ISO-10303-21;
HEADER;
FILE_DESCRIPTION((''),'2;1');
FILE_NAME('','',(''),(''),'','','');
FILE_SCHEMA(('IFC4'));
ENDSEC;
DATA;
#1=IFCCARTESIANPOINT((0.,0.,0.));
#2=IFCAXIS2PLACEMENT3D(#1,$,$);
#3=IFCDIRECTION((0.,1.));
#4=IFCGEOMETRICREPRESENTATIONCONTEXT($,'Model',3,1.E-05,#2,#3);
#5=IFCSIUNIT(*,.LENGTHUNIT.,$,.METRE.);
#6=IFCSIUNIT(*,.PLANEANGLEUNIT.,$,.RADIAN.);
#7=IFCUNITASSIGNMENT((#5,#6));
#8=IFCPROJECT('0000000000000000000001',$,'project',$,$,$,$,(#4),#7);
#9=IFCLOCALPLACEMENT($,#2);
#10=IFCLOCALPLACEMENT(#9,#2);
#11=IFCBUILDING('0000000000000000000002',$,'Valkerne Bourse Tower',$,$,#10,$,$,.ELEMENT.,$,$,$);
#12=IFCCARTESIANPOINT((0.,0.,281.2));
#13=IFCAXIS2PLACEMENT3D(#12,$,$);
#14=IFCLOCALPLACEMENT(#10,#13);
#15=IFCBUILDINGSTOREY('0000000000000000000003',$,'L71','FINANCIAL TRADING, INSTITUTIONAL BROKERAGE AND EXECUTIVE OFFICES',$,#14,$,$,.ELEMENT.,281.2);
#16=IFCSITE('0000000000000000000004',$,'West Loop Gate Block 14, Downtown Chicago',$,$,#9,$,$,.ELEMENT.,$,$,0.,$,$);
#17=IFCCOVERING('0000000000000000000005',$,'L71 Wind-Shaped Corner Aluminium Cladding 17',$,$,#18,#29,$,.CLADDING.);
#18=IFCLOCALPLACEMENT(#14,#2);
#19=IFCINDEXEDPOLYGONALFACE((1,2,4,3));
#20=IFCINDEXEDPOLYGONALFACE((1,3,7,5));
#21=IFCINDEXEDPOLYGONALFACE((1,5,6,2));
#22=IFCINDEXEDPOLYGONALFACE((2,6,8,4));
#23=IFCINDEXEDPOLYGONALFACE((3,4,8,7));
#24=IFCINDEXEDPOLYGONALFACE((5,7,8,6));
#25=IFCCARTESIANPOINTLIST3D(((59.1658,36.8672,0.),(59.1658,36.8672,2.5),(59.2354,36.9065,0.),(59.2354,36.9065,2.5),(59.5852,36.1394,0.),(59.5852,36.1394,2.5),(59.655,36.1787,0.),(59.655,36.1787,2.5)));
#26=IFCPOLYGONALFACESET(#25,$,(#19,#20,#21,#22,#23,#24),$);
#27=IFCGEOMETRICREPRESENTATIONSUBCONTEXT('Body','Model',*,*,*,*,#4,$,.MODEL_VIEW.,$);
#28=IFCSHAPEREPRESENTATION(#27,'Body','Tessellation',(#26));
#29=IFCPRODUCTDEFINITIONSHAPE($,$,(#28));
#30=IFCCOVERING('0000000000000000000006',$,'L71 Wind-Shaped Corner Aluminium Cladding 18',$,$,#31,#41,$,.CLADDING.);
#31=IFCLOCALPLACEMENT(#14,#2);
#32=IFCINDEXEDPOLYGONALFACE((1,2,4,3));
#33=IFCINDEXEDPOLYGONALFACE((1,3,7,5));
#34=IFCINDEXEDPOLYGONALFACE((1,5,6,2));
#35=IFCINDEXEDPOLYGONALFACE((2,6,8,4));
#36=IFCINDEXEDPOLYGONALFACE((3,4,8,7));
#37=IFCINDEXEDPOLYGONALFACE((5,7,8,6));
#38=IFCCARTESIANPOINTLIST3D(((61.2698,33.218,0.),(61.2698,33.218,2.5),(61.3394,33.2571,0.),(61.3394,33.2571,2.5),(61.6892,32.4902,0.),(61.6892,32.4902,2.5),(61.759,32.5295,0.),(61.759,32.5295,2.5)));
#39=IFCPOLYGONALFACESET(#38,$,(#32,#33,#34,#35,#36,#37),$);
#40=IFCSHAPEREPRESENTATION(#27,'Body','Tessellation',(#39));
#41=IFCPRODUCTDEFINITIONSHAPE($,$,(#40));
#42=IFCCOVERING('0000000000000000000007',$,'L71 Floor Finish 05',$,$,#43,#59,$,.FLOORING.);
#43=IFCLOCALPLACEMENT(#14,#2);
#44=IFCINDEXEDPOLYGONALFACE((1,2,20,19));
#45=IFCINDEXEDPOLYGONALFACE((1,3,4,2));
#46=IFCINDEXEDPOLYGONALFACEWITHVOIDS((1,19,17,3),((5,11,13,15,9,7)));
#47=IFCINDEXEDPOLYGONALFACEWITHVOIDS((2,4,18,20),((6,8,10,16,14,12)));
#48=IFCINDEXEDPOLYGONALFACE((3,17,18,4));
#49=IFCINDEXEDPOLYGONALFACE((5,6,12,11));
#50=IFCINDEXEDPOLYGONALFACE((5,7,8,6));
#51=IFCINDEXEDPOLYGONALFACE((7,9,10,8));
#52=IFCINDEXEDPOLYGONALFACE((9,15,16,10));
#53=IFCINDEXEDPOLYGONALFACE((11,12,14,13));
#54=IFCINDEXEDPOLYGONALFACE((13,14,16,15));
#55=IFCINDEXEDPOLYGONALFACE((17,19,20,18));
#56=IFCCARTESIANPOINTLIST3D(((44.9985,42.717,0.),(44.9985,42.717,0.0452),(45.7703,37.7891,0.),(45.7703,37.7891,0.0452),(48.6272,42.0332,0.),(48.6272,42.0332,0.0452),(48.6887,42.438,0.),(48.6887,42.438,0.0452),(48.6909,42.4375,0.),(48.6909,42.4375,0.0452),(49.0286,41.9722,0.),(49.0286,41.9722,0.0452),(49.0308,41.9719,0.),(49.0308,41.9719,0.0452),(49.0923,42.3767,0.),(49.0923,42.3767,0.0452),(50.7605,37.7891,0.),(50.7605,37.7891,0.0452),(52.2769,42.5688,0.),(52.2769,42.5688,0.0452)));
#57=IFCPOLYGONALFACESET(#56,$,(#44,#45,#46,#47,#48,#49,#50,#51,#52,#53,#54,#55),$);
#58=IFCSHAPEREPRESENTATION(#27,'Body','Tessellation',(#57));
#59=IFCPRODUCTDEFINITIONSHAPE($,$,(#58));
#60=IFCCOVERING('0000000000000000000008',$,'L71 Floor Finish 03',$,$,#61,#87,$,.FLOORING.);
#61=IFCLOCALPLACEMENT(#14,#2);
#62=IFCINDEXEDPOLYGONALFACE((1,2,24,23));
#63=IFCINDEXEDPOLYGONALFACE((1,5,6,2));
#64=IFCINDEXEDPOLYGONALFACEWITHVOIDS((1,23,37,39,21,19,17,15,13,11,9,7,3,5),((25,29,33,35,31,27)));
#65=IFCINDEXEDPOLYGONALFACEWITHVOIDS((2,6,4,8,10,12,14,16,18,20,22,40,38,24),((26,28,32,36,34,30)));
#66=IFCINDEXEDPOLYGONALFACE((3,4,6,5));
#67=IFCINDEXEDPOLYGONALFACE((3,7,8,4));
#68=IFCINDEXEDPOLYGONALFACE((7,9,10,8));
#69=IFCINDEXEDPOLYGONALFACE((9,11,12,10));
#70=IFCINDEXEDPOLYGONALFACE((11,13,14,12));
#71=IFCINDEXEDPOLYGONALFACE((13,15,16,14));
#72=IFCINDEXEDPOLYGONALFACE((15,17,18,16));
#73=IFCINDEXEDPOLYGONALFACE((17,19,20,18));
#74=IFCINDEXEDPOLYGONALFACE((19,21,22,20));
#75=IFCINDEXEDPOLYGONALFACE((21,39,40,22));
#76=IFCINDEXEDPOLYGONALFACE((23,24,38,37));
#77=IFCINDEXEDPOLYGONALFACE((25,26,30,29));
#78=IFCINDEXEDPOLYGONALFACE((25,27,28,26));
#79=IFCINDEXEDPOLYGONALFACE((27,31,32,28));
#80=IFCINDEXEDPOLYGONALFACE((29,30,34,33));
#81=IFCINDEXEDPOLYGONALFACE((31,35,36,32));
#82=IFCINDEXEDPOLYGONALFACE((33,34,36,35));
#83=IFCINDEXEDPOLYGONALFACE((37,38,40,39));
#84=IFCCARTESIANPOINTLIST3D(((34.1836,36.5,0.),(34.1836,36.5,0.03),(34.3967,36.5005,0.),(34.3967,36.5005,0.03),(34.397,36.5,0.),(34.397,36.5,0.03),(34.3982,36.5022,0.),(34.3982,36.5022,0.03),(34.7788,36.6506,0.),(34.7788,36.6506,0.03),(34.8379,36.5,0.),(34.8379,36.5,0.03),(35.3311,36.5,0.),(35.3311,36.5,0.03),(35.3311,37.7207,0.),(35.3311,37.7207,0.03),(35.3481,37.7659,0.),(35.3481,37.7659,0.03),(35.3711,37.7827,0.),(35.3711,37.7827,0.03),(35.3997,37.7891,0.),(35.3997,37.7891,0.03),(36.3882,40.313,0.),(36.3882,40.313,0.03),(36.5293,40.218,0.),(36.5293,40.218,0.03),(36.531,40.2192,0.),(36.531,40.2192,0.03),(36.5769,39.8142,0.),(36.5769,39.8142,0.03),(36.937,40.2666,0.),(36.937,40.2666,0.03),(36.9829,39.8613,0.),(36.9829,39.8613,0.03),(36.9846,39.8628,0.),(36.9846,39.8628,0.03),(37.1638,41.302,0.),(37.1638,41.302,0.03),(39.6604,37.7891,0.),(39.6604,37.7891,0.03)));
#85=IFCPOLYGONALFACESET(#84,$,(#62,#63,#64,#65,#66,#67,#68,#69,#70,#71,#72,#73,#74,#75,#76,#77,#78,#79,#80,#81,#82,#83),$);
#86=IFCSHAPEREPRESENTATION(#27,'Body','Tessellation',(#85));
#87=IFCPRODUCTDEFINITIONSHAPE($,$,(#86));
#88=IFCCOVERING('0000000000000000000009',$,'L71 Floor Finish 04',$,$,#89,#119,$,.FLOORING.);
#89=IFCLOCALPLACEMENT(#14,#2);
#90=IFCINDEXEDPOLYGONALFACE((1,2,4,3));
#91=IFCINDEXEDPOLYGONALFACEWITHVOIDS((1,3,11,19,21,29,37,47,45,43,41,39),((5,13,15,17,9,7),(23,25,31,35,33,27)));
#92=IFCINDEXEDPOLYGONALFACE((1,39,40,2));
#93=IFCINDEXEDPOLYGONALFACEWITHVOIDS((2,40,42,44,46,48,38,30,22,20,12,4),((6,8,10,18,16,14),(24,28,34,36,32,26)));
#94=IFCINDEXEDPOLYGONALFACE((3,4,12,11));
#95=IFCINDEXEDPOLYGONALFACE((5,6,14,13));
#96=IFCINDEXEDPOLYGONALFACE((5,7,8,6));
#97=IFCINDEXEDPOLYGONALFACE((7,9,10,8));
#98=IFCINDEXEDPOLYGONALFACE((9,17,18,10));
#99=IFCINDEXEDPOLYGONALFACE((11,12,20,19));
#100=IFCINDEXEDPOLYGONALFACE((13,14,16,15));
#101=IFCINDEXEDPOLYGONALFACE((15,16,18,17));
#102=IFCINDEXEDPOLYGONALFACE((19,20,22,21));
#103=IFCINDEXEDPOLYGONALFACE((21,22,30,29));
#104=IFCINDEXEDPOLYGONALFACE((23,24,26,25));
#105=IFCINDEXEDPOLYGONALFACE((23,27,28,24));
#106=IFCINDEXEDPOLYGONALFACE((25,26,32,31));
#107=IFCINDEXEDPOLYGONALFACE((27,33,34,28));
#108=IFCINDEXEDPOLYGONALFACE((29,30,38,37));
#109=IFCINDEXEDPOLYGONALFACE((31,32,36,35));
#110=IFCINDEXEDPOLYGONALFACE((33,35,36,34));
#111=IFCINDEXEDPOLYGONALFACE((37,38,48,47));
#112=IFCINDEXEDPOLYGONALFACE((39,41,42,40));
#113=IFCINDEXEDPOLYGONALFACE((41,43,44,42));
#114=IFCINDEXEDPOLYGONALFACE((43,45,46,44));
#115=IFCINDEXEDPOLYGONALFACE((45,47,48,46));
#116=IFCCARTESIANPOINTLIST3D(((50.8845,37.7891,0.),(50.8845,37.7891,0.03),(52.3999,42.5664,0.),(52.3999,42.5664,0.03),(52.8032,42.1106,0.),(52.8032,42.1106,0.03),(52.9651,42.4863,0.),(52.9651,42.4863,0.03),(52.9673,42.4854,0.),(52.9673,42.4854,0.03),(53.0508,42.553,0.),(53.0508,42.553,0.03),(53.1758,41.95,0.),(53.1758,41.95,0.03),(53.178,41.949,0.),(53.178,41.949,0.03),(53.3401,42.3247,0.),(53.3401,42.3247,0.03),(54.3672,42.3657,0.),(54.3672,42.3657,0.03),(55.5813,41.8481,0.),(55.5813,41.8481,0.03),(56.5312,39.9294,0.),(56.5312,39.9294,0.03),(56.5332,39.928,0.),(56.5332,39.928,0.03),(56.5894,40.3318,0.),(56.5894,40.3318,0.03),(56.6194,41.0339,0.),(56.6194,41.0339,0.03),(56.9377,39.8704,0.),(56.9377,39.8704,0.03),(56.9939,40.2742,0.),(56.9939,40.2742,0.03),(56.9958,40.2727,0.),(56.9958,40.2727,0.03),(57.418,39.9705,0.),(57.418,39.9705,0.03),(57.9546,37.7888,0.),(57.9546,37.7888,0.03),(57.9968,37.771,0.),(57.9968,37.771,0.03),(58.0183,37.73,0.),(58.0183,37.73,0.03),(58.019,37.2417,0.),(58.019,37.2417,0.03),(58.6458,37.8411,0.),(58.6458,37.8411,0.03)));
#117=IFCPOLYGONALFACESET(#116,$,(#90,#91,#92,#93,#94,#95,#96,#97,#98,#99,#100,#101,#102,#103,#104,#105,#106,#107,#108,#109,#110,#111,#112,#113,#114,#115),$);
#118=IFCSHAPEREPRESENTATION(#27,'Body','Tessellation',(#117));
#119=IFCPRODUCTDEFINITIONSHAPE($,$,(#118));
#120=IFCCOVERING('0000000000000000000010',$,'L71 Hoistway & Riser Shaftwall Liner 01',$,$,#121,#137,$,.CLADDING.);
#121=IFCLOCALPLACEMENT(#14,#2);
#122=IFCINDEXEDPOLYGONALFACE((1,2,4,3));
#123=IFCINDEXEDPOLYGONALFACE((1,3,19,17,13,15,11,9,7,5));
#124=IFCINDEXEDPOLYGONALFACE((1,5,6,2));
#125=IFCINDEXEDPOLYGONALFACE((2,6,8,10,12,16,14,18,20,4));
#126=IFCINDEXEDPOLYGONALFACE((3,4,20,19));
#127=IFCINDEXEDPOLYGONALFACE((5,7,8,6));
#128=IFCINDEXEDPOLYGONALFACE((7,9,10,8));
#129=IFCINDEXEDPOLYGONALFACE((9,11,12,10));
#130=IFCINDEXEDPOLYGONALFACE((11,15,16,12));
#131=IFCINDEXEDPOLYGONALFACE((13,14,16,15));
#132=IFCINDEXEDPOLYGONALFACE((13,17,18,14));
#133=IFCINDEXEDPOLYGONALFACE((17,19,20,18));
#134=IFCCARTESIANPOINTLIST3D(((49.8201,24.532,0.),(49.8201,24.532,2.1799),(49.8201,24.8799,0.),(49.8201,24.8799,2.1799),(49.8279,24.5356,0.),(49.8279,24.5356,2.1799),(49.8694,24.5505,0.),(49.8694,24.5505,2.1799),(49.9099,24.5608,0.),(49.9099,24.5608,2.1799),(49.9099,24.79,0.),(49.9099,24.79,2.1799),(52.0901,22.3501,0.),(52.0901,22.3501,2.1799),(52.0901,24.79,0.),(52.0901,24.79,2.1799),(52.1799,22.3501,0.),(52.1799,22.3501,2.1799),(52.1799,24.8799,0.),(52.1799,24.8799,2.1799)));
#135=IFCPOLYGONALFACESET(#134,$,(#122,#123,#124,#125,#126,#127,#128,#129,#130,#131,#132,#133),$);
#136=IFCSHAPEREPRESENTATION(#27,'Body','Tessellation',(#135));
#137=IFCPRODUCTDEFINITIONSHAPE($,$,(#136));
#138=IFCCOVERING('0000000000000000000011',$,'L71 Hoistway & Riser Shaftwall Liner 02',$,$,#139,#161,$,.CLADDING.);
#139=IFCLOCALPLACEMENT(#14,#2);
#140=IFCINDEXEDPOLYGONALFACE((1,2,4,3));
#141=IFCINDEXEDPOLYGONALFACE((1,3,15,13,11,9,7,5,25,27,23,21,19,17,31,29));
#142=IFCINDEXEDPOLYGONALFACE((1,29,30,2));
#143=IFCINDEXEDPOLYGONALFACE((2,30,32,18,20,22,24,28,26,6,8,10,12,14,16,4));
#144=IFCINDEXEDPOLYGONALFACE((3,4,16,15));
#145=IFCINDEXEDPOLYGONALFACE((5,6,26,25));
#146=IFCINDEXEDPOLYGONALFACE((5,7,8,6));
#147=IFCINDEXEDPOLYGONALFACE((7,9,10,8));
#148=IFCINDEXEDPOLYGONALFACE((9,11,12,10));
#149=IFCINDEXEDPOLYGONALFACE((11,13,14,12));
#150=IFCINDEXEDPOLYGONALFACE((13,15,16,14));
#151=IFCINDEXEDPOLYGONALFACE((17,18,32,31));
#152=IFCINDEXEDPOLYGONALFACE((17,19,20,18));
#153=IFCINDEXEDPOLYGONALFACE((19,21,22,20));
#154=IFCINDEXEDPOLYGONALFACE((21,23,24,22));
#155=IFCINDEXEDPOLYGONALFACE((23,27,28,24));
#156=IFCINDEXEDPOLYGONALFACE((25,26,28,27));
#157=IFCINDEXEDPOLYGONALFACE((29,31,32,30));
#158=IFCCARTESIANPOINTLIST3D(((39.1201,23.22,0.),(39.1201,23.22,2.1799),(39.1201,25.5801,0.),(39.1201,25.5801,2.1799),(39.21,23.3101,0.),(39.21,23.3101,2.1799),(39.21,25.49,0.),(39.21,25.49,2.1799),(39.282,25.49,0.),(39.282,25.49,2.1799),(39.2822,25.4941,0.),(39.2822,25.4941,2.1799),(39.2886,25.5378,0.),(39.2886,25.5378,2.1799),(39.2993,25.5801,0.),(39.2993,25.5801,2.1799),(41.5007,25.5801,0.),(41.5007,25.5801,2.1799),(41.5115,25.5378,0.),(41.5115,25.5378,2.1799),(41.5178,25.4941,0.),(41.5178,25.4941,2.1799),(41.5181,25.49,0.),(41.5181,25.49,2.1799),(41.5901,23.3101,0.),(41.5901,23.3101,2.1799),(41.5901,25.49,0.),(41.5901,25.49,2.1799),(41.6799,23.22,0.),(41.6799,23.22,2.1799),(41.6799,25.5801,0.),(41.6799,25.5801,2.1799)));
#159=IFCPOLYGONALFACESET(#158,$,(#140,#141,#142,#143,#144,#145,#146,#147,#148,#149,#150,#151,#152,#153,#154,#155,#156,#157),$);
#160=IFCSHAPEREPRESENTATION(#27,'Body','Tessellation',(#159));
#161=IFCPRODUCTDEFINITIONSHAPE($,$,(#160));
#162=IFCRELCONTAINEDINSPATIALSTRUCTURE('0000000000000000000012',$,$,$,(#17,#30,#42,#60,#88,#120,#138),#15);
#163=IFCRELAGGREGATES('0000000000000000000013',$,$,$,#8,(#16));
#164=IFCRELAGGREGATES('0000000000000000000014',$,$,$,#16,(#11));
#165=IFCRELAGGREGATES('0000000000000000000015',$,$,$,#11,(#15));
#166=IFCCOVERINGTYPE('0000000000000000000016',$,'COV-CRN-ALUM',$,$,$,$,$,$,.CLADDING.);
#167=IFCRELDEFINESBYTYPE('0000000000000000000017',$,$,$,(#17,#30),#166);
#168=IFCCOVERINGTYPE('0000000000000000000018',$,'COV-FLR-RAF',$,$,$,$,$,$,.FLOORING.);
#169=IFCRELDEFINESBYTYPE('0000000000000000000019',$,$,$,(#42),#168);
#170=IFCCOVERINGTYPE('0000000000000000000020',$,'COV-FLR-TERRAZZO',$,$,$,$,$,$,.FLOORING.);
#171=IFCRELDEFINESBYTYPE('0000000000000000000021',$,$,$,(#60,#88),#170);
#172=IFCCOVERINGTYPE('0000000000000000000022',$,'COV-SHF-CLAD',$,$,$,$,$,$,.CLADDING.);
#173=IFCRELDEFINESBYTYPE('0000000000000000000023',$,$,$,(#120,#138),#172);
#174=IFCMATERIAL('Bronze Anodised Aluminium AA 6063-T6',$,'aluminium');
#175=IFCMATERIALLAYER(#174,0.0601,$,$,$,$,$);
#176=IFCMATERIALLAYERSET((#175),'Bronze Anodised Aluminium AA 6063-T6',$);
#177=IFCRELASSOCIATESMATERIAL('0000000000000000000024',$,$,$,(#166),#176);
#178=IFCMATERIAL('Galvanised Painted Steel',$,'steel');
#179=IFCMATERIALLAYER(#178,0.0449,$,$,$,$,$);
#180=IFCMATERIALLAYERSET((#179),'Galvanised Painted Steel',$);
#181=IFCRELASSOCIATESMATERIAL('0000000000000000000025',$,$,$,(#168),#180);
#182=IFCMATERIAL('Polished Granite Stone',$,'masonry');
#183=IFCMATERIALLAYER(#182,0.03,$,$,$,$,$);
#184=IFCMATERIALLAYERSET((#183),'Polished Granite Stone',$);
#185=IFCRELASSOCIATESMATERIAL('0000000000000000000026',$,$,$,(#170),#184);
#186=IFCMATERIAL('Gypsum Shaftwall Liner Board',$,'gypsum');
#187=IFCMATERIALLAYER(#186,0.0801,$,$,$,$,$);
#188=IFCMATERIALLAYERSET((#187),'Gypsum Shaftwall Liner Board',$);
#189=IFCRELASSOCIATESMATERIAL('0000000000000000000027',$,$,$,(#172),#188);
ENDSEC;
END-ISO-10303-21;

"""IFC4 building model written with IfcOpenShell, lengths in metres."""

from ifc_helpers import new_model, si_unit, direction, frame, origin, place, context, subcontext, project, spatial, polyline, outline, extrude, material, layer, layer_set, type_object, element, save


model = new_model("IFC4")

# Units and contexts
model_context = context("Model", 3, precision=1e-05, world=origin(), true_north=direction((0.0, 1.0)))
body_context = subcontext(model_context, "Body", "Model", "MODEL_VIEW")
ifc_project = project(units=[si_unit("LENGTHUNIT", "METRE"), si_unit("PLANEANGLEUNIT", "RADIAN")], contexts=[model_context])

# Site, building, storey
site_placement = place(None, origin())
site = spatial("IfcSite", under=ifc_project, at=site_placement, Name="West Loop Gate Block 14, Downtown Chicago", CompositionType="ELEMENT", RefElevation=0.0)
building_placement = place(site_placement, origin())
building = spatial("IfcBuilding", under=site, at=building_placement, Name="Valkerne Bourse Tower", CompositionType="ELEMENT")
storey_placement = place(building_placement, frame((0.0, 0.0, 281.2)))
storey = spatial("IfcBuildingStorey", under=building, at=storey_placement, Name="L71", Description="FINANCIAL TRADING, INSTITUTIONAL BROKERAGE AND EXECUTIVE OFFICES", CompositionType="ELEMENT", Elevation=281.2)

# Coverings
ifc_material_1 = material(Name="Bronze Anodised Aluminium AA 6063-T6", Category="aluminium")
ifc_layer_1 = layer(ifc_material_1, 0.0601)
ifc_layer_set_1 = layer_set([ifc_layer_1], Name="Bronze Anodised Aluminium AA 6063-T6")
covering_type_1 = type_object("IfcCoveringType", Name="COV-CRN-ALUM", PredefinedType="CLADDING", material=ifc_layer_set_1)
covering_1_placement = place(storey_placement, origin())
element("IfcCovering", 1, at=covering_1_placement, inside=storey, type_object=covering_type_1, Name="L71 Wind-Shaped Corner Aluminium Cladding 17", PredefinedType="CLADDING", context=body_context, shape_type="SweptSolid", body=[
    extrude(outline(polyline([(59.655, 36.1787), (59.5852, 36.1394), (59.1658, 36.8672), (59.2354, 36.9065), (59.655, 36.1787)])), origin(), (0.0, 0.0, 1.0), 2.5),
])
covering_2_placement = place(storey_placement, origin())
element("IfcCovering", 2, at=covering_2_placement, inside=storey, type_object=covering_type_1, Name="L71 Wind-Shaped Corner Aluminium Cladding 18", PredefinedType="CLADDING", context=body_context, shape_type="SweptSolid", body=[
    extrude(outline(polyline([(61.759, 32.5295), (61.6892, 32.4902), (61.2698, 33.218), (61.3394, 33.2571), (61.759, 32.5295)])), origin(), (0.0, 0.0, 1.0), 2.5),
])
ifc_material_2 = material(Name="Galvanised Painted Steel", Category="steel")
ifc_layer_2 = layer(ifc_material_2, 0.0449)
ifc_layer_set_2 = layer_set([ifc_layer_2], Name="Galvanised Painted Steel")
covering_type_2 = type_object("IfcCoveringType", Name="COV-FLR-RAF", PredefinedType="FLOORING", material=ifc_layer_set_2)
covering_3_placement = place(storey_placement, origin())
element("IfcCovering", 3, at=covering_3_placement, inside=storey, type_object=covering_type_2, Name="L71 Floor Finish 05", PredefinedType="FLOORING", context=body_context, shape_type="SweptSolid", body=[
    extrude(outline(polyline([(45.7703, 37.7891), (44.9985, 42.717), (52.2769, 42.5688), (50.7605, 37.7891), (45.7703, 37.7891)]), holes=[polyline([(48.6909, 42.4375), (48.6887, 42.438), (48.6272, 42.0332), (49.0286, 41.9722), (49.0308, 41.9719), (49.0923, 42.3767), (48.6909, 42.4375)])]), origin(), (0.0, 0.0, 1.0), 0.0452),
])
ifc_material_3 = material(Name="Polished Granite Stone", Category="masonry")
ifc_layer_3 = layer(ifc_material_3, 0.03)
ifc_layer_set_3 = layer_set([ifc_layer_3], Name="Polished Granite Stone")
covering_type_3 = type_object("IfcCoveringType", Name="COV-FLR-TERRAZZO", PredefinedType="FLOORING", material=ifc_layer_set_3)
covering_4_placement = place(storey_placement, origin())
element("IfcCovering", 4, at=covering_4_placement, inside=storey, type_object=covering_type_3, Name="L71 Floor Finish 03", PredefinedType="FLOORING", context=body_context, shape_type="SweptSolid", body=[
    extrude(outline(polyline([(39.6604, 37.7891), (35.3997, 37.7891), (35.3711, 37.7827), (35.3481, 37.7659), (35.3311, 37.7207), (35.3311, 36.5), (34.8379, 36.5), (34.7788, 36.6506), (34.3982, 36.5022), (34.3967, 36.5005), (34.397, 36.5), (34.1836, 36.5), (36.3882, 40.313), (37.1638, 41.302), (39.6604, 37.7891)]), holes=[polyline([(36.9829, 39.8613), (36.9846, 39.8628), (36.937, 40.2666), (36.531, 40.2192), (36.5293, 40.218), (36.5769, 39.8142), (36.9829, 39.8613)])]), origin(), (0.0, 0.0, 1.0), 0.03),
])
covering_5_placement = place(storey_placement, origin())
element("IfcCovering", 5, at=covering_5_placement, inside=storey, type_object=covering_type_3, Name="L71 Floor Finish 04", PredefinedType="FLOORING", context=body_context, shape_type="SweptSolid", body=[
    extrude(outline(polyline([(55.5813, 41.8481), (56.6194, 41.0339), (57.418, 39.9705), (58.6458, 37.8411), (58.019, 37.2417), (58.0183, 37.73), (57.9968, 37.771), (57.9546, 37.7888), (50.8845, 37.7891), (52.3999, 42.5664), (53.0508, 42.553), (54.3672, 42.3657), (55.5813, 41.8481)]), holes=[polyline([(56.9939, 40.2742), (56.5894, 40.3318), (56.5312, 39.9294), (56.5332, 39.928), (56.9377, 39.8704), (56.9958, 40.2727), (56.9939, 40.2742)]), polyline([(53.3401, 42.3247), (52.9673, 42.4854), (52.9651, 42.4863), (52.8032, 42.1106), (53.1758, 41.95), (53.178, 41.949), (53.3401, 42.3247)])]), origin(), (0.0, 0.0, 1.0), 0.03),
])
ifc_material_4 = material(Name="Gypsum Shaftwall Liner Board", Category="gypsum")
ifc_layer_4 = layer(ifc_material_4, 0.0801)
ifc_layer_set_4 = layer_set([ifc_layer_4], Name="Gypsum Shaftwall Liner Board")
covering_type_4 = type_object("IfcCoveringType", Name="COV-SHF-CLAD", PredefinedType="CLADDING", material=ifc_layer_set_4)
covering_6_placement = place(storey_placement, origin())
element("IfcCovering", 6, at=covering_6_placement, inside=storey, type_object=covering_type_4, Name="L71 Hoistway & Riser Shaftwall Liner 01", PredefinedType="CLADDING", context=body_context, shape_type="SweptSolid", body=[
    extrude(outline(polyline([(52.1799, 24.8799), (52.1799, 22.3501), (52.0901, 22.3501), (52.0901, 24.79), (49.9099, 24.79), (49.9099, 24.5608), (49.8694, 24.5505), (49.8279, 24.5356), (49.8201, 24.532), (49.8201, 24.8799), (52.1799, 24.8799)])), origin(), (0.0, 0.0, 1.0), 2.1799),
])
covering_7_placement = place(storey_placement, origin())
element("IfcCovering", 7, at=covering_7_placement, inside=storey, type_object=covering_type_4, Name="L71 Hoistway & Riser Shaftwall Liner 02", PredefinedType="CLADDING", context=body_context, shape_type="SweptSolid", body=[
    extrude(outline(polyline([(39.2993, 25.5801), (39.2886, 25.5378), (39.2822, 25.4941), (39.282, 25.49), (39.21, 25.49), (39.21, 23.3101), (41.5901, 23.3101), (41.5901, 25.49), (41.5181, 25.49), (41.5178, 25.4941), (41.5115, 25.5378), (41.5007, 25.5801), (41.6799, 25.5801), (41.6799, 23.22), (39.1201, 23.22), (39.1201, 25.5801), (39.2993, 25.5801)])), origin(), (0.0, 0.0, 1.0), 2.1799),
])

save(model, "model.ifc")
